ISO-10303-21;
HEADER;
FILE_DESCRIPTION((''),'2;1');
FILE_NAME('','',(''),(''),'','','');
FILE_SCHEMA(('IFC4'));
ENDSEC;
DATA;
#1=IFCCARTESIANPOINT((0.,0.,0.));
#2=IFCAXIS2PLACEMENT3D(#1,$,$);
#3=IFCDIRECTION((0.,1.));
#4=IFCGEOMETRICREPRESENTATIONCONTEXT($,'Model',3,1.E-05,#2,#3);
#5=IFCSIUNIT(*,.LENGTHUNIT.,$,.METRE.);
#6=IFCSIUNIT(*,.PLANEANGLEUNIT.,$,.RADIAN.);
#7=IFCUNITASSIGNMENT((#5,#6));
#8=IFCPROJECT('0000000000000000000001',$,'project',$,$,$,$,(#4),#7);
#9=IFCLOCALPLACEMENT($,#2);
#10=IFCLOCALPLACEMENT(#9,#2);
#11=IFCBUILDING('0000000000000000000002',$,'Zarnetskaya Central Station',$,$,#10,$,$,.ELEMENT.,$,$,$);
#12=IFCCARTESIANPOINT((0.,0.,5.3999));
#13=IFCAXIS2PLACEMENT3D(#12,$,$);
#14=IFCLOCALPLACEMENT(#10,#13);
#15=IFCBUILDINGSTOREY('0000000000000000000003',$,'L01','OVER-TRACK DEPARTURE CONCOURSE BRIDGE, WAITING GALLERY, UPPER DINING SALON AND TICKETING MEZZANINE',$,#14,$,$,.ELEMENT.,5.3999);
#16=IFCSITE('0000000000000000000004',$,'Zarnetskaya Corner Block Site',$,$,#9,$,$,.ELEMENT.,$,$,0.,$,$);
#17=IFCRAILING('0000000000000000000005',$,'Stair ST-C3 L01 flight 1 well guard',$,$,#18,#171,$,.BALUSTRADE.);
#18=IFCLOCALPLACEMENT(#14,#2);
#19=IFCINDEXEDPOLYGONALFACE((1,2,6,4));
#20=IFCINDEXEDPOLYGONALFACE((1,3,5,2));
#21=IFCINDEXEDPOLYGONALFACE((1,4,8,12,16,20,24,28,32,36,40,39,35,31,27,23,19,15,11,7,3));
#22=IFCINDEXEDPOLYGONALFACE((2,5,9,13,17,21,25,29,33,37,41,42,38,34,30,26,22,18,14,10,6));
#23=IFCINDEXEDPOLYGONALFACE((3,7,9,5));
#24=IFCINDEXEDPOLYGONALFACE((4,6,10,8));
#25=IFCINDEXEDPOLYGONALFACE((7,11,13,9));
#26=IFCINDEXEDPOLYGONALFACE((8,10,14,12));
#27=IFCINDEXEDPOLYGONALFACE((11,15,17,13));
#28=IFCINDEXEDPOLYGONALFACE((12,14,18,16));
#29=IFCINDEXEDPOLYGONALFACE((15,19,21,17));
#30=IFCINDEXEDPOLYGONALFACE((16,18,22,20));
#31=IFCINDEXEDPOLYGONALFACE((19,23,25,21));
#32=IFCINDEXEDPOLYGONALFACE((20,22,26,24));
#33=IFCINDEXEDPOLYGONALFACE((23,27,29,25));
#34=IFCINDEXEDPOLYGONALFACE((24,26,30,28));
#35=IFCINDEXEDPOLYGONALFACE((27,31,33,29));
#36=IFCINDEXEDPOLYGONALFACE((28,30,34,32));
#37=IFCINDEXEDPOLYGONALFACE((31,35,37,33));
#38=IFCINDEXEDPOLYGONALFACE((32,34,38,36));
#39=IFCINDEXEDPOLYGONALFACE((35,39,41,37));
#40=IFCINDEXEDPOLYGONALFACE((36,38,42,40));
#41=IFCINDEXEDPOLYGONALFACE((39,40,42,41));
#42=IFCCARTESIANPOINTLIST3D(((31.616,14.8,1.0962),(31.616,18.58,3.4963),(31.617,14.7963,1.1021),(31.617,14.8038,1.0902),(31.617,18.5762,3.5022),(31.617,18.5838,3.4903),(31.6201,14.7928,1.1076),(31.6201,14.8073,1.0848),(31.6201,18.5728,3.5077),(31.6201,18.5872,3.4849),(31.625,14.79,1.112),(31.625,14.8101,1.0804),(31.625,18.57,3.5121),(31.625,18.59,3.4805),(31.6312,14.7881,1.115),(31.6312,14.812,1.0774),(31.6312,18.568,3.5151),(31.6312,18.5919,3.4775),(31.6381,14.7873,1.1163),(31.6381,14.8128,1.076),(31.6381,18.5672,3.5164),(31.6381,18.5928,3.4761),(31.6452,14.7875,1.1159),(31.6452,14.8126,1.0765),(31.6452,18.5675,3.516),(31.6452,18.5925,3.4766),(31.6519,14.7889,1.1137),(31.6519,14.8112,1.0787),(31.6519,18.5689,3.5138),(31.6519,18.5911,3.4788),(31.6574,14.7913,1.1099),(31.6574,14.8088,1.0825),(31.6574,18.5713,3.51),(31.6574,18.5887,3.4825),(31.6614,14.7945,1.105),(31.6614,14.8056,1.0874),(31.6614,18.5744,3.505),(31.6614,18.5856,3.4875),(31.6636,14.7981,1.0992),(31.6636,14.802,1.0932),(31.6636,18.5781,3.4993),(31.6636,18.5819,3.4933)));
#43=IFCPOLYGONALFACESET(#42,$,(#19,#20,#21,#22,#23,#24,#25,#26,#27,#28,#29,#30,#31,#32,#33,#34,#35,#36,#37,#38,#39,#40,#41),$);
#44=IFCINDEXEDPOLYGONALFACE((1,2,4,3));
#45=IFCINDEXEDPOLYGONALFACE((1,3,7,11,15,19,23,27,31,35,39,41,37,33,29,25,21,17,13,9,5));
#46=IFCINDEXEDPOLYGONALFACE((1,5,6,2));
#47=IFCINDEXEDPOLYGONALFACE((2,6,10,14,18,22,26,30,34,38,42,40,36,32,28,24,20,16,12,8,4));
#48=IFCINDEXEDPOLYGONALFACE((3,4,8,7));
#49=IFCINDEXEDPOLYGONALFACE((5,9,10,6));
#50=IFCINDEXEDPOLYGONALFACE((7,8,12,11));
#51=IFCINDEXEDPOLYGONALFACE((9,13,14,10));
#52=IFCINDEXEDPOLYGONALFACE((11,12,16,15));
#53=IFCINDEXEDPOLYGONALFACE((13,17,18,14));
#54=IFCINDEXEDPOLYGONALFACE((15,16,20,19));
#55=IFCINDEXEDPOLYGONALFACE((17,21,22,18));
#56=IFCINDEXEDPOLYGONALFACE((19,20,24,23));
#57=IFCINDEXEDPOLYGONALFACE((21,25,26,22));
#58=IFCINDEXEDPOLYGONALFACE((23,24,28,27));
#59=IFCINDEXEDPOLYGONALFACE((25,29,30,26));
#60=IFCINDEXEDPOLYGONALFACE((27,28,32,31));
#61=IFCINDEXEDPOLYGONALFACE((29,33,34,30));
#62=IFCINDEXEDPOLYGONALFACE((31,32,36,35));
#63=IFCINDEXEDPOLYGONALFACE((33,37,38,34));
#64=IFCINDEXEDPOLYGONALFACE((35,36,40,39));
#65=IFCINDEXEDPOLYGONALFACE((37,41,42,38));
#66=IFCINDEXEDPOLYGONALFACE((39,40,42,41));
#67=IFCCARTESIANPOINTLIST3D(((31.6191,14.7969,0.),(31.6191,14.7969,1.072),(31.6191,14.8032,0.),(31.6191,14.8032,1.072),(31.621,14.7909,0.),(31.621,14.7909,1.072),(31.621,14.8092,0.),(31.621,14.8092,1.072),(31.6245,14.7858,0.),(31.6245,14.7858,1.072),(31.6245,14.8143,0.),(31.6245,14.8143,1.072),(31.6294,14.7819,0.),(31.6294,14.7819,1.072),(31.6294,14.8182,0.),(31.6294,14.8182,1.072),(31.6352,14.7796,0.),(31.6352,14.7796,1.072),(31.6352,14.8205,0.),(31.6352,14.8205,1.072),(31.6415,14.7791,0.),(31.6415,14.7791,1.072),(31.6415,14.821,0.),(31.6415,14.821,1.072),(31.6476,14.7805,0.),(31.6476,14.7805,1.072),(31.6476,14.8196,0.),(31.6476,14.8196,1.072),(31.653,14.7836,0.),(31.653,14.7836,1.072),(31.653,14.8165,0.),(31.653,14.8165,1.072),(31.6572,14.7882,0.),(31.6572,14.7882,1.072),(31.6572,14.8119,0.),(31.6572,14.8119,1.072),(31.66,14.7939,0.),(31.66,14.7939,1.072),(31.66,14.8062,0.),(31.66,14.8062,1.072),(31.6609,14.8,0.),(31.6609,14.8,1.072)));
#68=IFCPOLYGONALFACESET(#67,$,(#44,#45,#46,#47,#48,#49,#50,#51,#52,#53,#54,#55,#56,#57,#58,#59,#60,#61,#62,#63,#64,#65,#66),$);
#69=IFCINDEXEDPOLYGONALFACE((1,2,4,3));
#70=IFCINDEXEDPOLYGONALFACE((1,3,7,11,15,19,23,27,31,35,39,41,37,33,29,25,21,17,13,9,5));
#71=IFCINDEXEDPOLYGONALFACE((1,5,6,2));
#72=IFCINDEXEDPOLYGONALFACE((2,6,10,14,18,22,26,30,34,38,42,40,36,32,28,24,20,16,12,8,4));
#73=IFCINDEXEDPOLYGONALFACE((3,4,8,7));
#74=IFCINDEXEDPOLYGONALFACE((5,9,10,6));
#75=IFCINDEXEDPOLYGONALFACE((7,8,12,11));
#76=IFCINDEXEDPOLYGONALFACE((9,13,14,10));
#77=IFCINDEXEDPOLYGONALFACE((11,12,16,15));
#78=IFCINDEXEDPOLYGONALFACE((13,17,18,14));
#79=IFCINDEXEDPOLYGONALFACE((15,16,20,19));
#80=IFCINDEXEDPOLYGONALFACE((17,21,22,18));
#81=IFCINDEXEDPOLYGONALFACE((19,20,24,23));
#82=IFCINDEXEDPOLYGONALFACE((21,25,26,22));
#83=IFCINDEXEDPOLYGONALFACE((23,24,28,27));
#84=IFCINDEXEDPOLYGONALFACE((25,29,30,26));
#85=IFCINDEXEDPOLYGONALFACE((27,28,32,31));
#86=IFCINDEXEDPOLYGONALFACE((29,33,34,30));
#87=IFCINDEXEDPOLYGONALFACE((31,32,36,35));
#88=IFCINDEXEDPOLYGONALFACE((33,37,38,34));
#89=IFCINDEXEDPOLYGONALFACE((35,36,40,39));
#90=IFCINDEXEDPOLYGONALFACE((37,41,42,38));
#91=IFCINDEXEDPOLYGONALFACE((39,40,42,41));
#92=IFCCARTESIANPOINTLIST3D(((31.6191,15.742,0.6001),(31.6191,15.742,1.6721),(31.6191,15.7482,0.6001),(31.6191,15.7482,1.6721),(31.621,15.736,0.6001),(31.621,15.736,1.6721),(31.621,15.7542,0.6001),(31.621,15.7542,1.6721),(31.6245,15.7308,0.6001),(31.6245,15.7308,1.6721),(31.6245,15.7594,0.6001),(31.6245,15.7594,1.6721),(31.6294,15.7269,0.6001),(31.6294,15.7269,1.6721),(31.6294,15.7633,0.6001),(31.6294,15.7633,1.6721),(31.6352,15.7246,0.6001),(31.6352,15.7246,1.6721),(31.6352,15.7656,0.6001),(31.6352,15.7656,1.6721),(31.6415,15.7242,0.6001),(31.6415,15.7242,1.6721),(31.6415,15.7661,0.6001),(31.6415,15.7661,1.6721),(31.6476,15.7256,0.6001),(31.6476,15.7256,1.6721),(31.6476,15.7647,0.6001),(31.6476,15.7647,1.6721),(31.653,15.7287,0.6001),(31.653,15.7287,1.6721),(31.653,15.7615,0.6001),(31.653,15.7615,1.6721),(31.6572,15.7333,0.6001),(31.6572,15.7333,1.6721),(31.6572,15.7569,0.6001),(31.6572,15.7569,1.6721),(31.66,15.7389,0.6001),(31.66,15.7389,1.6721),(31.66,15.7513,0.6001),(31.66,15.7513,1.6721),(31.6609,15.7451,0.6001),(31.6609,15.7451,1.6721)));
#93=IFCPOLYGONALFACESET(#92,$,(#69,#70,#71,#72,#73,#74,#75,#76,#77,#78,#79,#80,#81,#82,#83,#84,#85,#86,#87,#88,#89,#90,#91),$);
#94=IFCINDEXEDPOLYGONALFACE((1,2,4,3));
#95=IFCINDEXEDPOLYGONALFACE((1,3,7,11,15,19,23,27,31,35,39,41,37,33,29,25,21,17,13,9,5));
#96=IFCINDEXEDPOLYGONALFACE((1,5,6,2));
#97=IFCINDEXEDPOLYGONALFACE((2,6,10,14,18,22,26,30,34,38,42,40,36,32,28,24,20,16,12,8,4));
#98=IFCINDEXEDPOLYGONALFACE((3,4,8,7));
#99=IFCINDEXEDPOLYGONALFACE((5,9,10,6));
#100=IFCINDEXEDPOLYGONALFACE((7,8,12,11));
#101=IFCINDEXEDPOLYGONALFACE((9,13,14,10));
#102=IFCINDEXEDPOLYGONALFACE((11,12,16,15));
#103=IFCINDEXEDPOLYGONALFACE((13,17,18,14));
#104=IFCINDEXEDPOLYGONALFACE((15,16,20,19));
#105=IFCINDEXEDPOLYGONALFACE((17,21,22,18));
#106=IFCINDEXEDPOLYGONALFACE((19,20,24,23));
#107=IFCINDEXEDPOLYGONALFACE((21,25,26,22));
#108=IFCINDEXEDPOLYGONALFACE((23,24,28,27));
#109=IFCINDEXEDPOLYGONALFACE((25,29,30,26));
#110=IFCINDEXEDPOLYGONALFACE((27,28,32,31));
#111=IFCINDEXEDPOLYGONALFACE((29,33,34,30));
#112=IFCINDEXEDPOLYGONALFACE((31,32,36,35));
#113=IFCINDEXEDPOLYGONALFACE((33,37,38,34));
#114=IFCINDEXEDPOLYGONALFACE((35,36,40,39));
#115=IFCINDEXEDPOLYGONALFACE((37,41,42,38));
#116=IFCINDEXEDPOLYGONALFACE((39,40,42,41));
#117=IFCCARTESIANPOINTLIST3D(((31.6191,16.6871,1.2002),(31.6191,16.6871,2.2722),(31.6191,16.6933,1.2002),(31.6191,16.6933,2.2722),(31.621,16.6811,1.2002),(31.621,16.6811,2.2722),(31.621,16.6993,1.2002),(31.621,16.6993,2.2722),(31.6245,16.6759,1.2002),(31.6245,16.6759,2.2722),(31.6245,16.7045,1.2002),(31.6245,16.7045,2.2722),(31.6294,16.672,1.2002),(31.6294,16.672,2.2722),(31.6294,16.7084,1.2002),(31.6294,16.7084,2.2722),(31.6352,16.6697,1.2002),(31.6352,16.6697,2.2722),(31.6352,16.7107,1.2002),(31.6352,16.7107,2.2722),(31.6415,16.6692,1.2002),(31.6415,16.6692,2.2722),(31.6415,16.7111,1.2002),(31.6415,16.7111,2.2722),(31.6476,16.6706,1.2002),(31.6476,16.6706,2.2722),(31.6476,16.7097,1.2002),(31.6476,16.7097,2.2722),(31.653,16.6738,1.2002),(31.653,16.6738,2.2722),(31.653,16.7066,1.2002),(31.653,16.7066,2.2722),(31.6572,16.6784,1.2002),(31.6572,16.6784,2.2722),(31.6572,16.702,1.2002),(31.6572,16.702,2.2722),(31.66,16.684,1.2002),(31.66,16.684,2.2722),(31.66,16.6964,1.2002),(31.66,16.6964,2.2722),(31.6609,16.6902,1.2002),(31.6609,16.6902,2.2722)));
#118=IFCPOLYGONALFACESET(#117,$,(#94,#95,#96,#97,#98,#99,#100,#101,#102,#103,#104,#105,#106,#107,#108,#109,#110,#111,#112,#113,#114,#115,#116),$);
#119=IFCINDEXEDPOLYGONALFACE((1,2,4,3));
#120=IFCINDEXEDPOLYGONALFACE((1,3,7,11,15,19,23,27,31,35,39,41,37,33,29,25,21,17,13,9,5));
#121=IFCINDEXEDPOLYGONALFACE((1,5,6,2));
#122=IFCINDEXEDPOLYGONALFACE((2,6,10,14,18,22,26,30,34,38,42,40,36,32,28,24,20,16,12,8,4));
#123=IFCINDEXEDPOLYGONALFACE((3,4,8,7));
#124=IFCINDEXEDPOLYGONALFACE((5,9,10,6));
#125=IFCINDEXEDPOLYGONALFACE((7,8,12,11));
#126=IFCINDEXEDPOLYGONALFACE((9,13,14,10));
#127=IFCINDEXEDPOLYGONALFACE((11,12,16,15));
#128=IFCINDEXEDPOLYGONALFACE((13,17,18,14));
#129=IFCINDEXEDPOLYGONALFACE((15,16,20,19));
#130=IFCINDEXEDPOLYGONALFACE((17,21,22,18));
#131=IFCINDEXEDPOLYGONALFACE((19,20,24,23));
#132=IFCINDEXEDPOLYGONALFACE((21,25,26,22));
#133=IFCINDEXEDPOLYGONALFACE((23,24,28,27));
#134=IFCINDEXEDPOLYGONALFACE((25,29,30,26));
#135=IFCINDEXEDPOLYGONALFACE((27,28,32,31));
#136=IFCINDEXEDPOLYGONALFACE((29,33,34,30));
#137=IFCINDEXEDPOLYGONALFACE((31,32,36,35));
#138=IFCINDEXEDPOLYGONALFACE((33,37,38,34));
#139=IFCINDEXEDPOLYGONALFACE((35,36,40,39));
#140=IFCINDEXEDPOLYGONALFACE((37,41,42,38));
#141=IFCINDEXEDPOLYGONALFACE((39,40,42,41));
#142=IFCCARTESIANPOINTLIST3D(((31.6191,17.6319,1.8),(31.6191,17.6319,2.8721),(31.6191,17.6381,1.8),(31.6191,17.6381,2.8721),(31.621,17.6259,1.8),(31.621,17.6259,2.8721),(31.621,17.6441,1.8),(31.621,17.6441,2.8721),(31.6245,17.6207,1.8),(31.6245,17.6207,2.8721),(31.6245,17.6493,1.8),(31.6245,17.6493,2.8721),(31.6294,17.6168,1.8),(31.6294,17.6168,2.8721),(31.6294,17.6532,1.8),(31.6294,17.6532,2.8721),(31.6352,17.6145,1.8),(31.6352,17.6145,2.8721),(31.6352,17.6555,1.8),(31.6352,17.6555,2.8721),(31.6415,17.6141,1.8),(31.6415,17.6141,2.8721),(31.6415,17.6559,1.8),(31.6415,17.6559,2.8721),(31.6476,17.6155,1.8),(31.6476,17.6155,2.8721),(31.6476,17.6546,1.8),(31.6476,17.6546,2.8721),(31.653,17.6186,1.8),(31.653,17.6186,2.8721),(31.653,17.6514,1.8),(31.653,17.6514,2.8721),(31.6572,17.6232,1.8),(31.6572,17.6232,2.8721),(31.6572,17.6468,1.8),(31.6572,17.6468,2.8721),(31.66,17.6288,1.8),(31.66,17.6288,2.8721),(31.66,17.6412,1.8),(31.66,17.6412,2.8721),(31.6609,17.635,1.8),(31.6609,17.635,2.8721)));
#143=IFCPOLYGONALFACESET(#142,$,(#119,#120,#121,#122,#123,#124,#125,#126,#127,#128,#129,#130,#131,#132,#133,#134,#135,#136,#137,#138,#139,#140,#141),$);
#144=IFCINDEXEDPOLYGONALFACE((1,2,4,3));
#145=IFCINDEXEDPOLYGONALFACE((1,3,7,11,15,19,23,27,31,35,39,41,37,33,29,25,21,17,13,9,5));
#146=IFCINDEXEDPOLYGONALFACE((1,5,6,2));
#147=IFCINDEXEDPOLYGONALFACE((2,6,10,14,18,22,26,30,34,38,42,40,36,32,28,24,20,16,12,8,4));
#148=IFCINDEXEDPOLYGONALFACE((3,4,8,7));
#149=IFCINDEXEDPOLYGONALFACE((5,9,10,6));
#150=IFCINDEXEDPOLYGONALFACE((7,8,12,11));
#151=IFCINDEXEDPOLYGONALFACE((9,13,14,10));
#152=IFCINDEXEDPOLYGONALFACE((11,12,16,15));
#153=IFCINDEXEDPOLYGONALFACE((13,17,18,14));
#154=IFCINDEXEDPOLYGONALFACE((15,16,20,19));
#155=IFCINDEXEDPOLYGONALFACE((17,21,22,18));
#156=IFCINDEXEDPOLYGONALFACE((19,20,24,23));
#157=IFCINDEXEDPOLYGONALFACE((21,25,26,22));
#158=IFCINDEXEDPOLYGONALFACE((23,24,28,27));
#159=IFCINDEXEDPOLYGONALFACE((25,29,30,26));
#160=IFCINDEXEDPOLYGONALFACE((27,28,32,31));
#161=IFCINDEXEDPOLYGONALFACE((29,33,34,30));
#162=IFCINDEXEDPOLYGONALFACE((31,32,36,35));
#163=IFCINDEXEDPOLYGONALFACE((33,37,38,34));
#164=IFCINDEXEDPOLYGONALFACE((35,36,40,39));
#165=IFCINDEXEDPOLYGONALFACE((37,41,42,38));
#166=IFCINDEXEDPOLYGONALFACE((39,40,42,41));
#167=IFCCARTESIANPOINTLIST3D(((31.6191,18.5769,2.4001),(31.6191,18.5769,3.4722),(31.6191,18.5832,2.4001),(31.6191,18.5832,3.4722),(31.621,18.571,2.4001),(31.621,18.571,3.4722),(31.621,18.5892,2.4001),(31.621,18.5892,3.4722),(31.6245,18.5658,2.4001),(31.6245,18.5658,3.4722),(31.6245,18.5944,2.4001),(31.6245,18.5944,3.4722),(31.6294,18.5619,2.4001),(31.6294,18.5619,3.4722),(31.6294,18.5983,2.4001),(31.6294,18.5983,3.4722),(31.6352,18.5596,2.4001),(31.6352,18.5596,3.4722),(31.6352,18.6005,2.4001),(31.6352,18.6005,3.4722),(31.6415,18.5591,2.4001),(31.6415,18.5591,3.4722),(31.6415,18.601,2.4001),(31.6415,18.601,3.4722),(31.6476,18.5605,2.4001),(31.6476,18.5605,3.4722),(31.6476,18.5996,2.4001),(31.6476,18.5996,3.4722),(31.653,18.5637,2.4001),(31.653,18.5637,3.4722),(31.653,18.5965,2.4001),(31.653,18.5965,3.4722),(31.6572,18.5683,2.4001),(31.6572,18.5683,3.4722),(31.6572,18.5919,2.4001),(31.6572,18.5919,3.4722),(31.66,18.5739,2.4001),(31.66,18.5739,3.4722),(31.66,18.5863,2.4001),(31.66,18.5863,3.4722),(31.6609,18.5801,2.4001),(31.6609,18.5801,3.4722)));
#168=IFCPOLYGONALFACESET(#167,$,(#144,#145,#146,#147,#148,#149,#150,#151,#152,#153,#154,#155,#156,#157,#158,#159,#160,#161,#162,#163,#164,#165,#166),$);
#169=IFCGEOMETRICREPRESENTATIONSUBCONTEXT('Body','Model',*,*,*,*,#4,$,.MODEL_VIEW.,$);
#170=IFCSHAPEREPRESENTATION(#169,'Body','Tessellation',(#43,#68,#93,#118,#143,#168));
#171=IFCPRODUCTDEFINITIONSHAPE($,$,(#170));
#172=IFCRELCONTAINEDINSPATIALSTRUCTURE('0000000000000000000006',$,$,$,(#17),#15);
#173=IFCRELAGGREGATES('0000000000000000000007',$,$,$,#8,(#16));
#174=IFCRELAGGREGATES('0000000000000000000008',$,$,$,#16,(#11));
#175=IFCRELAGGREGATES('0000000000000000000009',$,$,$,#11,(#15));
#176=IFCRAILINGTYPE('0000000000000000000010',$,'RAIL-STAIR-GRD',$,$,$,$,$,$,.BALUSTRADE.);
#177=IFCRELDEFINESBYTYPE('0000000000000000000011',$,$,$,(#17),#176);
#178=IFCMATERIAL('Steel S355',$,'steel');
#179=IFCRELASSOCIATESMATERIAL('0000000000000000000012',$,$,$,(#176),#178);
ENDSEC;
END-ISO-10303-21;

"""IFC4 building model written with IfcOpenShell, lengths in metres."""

from ifc_helpers import new_model, si_unit, direction, frame, origin, origin_2d, place, context, subcontext, project, spatial, circle, extrude, material, type_object, element, save


model = new_model("IFC4")

# Units and contexts
model_context = context("Model", 3, precision=1e-05, world=origin(), true_north=direction((0.0, 1.0)))
body_context = subcontext(model_context, "Body", "Model", "MODEL_VIEW")
ifc_project = project(units=[si_unit("LENGTHUNIT", "METRE"), si_unit("PLANEANGLEUNIT", "RADIAN")], contexts=[model_context])

# Site, building, storey
site_placement = place(None, origin())
site = spatial("IfcSite", under=ifc_project, at=site_placement, Name="Zarnetskaya Corner Block Site", CompositionType="ELEMENT", RefElevation=0.0)
building_placement = place(site_placement, origin())
building = spatial("IfcBuilding", under=site, at=building_placement, Name="Zarnetskaya Central Station", CompositionType="ELEMENT")
storey_placement = place(building_placement, frame((0.0, 0.0, 5.3999)))
storey = spatial("IfcBuildingStorey", under=building, at=storey_placement, Name="L01", Description="OVER-TRACK DEPARTURE CONCOURSE BRIDGE, WAITING GALLERY, UPPER DINING SALON AND TICKETING MEZZANINE", CompositionType="ELEMENT", Elevation=5.3999)

# Shared definitions
ifc_material_1 = material(Name="Steel S355", Category="steel")

# Railing
railing_type_1 = type_object("IfcRailingType", Name="RAIL-STAIR-GRD", PredefinedType="BALUSTRADE", material=ifc_material_1)
railing_1_placement = place(storey_placement, frame((31.6399, 14.8, 0.0)))
element("IfcRailing", 1, at=railing_1_placement, inside=storey, type_object=railing_type_1, Name="Stair ST-C3 L01 flight 1 well guard", PredefinedType="BALUSTRADE", context=body_context, shape_type="SweptSolid", body=[
    extrude(circle(Radius=0.0239, at=origin_2d()), frame((0.0, 0.0, 1.0962), z_axis=(0.0, 0.8442, 0.536028), x_axis=(-1.0, 0.0, 0.0)), (0.0, 0.0, 1.0), 4.4775),
    extrude(circle(Radius=0.021, at=origin_2d()), origin(), (0.0, 0.0, 1.0), 1.072),
    extrude(circle(Radius=0.021, at=origin_2d()), frame((0.0, 0.9451, 0.6001)), (0.0, 0.0, 1.0), 1.072),
    extrude(circle(Radius=0.021, at=origin_2d()), frame((0.0, 1.8901, 1.2002)), (0.0, 0.0, 1.0), 1.072),
    extrude(circle(Radius=0.021, at=origin_2d()), frame((0.0, 2.835, 1.8)), (0.0, 0.0, 1.0), 1.072),
    extrude(circle(Radius=0.021, at=origin_2d()), frame((0.0, 3.78, 2.4001)), (0.0, 0.0, 1.0), 1.072),
])

save(model, "model.ifc")
